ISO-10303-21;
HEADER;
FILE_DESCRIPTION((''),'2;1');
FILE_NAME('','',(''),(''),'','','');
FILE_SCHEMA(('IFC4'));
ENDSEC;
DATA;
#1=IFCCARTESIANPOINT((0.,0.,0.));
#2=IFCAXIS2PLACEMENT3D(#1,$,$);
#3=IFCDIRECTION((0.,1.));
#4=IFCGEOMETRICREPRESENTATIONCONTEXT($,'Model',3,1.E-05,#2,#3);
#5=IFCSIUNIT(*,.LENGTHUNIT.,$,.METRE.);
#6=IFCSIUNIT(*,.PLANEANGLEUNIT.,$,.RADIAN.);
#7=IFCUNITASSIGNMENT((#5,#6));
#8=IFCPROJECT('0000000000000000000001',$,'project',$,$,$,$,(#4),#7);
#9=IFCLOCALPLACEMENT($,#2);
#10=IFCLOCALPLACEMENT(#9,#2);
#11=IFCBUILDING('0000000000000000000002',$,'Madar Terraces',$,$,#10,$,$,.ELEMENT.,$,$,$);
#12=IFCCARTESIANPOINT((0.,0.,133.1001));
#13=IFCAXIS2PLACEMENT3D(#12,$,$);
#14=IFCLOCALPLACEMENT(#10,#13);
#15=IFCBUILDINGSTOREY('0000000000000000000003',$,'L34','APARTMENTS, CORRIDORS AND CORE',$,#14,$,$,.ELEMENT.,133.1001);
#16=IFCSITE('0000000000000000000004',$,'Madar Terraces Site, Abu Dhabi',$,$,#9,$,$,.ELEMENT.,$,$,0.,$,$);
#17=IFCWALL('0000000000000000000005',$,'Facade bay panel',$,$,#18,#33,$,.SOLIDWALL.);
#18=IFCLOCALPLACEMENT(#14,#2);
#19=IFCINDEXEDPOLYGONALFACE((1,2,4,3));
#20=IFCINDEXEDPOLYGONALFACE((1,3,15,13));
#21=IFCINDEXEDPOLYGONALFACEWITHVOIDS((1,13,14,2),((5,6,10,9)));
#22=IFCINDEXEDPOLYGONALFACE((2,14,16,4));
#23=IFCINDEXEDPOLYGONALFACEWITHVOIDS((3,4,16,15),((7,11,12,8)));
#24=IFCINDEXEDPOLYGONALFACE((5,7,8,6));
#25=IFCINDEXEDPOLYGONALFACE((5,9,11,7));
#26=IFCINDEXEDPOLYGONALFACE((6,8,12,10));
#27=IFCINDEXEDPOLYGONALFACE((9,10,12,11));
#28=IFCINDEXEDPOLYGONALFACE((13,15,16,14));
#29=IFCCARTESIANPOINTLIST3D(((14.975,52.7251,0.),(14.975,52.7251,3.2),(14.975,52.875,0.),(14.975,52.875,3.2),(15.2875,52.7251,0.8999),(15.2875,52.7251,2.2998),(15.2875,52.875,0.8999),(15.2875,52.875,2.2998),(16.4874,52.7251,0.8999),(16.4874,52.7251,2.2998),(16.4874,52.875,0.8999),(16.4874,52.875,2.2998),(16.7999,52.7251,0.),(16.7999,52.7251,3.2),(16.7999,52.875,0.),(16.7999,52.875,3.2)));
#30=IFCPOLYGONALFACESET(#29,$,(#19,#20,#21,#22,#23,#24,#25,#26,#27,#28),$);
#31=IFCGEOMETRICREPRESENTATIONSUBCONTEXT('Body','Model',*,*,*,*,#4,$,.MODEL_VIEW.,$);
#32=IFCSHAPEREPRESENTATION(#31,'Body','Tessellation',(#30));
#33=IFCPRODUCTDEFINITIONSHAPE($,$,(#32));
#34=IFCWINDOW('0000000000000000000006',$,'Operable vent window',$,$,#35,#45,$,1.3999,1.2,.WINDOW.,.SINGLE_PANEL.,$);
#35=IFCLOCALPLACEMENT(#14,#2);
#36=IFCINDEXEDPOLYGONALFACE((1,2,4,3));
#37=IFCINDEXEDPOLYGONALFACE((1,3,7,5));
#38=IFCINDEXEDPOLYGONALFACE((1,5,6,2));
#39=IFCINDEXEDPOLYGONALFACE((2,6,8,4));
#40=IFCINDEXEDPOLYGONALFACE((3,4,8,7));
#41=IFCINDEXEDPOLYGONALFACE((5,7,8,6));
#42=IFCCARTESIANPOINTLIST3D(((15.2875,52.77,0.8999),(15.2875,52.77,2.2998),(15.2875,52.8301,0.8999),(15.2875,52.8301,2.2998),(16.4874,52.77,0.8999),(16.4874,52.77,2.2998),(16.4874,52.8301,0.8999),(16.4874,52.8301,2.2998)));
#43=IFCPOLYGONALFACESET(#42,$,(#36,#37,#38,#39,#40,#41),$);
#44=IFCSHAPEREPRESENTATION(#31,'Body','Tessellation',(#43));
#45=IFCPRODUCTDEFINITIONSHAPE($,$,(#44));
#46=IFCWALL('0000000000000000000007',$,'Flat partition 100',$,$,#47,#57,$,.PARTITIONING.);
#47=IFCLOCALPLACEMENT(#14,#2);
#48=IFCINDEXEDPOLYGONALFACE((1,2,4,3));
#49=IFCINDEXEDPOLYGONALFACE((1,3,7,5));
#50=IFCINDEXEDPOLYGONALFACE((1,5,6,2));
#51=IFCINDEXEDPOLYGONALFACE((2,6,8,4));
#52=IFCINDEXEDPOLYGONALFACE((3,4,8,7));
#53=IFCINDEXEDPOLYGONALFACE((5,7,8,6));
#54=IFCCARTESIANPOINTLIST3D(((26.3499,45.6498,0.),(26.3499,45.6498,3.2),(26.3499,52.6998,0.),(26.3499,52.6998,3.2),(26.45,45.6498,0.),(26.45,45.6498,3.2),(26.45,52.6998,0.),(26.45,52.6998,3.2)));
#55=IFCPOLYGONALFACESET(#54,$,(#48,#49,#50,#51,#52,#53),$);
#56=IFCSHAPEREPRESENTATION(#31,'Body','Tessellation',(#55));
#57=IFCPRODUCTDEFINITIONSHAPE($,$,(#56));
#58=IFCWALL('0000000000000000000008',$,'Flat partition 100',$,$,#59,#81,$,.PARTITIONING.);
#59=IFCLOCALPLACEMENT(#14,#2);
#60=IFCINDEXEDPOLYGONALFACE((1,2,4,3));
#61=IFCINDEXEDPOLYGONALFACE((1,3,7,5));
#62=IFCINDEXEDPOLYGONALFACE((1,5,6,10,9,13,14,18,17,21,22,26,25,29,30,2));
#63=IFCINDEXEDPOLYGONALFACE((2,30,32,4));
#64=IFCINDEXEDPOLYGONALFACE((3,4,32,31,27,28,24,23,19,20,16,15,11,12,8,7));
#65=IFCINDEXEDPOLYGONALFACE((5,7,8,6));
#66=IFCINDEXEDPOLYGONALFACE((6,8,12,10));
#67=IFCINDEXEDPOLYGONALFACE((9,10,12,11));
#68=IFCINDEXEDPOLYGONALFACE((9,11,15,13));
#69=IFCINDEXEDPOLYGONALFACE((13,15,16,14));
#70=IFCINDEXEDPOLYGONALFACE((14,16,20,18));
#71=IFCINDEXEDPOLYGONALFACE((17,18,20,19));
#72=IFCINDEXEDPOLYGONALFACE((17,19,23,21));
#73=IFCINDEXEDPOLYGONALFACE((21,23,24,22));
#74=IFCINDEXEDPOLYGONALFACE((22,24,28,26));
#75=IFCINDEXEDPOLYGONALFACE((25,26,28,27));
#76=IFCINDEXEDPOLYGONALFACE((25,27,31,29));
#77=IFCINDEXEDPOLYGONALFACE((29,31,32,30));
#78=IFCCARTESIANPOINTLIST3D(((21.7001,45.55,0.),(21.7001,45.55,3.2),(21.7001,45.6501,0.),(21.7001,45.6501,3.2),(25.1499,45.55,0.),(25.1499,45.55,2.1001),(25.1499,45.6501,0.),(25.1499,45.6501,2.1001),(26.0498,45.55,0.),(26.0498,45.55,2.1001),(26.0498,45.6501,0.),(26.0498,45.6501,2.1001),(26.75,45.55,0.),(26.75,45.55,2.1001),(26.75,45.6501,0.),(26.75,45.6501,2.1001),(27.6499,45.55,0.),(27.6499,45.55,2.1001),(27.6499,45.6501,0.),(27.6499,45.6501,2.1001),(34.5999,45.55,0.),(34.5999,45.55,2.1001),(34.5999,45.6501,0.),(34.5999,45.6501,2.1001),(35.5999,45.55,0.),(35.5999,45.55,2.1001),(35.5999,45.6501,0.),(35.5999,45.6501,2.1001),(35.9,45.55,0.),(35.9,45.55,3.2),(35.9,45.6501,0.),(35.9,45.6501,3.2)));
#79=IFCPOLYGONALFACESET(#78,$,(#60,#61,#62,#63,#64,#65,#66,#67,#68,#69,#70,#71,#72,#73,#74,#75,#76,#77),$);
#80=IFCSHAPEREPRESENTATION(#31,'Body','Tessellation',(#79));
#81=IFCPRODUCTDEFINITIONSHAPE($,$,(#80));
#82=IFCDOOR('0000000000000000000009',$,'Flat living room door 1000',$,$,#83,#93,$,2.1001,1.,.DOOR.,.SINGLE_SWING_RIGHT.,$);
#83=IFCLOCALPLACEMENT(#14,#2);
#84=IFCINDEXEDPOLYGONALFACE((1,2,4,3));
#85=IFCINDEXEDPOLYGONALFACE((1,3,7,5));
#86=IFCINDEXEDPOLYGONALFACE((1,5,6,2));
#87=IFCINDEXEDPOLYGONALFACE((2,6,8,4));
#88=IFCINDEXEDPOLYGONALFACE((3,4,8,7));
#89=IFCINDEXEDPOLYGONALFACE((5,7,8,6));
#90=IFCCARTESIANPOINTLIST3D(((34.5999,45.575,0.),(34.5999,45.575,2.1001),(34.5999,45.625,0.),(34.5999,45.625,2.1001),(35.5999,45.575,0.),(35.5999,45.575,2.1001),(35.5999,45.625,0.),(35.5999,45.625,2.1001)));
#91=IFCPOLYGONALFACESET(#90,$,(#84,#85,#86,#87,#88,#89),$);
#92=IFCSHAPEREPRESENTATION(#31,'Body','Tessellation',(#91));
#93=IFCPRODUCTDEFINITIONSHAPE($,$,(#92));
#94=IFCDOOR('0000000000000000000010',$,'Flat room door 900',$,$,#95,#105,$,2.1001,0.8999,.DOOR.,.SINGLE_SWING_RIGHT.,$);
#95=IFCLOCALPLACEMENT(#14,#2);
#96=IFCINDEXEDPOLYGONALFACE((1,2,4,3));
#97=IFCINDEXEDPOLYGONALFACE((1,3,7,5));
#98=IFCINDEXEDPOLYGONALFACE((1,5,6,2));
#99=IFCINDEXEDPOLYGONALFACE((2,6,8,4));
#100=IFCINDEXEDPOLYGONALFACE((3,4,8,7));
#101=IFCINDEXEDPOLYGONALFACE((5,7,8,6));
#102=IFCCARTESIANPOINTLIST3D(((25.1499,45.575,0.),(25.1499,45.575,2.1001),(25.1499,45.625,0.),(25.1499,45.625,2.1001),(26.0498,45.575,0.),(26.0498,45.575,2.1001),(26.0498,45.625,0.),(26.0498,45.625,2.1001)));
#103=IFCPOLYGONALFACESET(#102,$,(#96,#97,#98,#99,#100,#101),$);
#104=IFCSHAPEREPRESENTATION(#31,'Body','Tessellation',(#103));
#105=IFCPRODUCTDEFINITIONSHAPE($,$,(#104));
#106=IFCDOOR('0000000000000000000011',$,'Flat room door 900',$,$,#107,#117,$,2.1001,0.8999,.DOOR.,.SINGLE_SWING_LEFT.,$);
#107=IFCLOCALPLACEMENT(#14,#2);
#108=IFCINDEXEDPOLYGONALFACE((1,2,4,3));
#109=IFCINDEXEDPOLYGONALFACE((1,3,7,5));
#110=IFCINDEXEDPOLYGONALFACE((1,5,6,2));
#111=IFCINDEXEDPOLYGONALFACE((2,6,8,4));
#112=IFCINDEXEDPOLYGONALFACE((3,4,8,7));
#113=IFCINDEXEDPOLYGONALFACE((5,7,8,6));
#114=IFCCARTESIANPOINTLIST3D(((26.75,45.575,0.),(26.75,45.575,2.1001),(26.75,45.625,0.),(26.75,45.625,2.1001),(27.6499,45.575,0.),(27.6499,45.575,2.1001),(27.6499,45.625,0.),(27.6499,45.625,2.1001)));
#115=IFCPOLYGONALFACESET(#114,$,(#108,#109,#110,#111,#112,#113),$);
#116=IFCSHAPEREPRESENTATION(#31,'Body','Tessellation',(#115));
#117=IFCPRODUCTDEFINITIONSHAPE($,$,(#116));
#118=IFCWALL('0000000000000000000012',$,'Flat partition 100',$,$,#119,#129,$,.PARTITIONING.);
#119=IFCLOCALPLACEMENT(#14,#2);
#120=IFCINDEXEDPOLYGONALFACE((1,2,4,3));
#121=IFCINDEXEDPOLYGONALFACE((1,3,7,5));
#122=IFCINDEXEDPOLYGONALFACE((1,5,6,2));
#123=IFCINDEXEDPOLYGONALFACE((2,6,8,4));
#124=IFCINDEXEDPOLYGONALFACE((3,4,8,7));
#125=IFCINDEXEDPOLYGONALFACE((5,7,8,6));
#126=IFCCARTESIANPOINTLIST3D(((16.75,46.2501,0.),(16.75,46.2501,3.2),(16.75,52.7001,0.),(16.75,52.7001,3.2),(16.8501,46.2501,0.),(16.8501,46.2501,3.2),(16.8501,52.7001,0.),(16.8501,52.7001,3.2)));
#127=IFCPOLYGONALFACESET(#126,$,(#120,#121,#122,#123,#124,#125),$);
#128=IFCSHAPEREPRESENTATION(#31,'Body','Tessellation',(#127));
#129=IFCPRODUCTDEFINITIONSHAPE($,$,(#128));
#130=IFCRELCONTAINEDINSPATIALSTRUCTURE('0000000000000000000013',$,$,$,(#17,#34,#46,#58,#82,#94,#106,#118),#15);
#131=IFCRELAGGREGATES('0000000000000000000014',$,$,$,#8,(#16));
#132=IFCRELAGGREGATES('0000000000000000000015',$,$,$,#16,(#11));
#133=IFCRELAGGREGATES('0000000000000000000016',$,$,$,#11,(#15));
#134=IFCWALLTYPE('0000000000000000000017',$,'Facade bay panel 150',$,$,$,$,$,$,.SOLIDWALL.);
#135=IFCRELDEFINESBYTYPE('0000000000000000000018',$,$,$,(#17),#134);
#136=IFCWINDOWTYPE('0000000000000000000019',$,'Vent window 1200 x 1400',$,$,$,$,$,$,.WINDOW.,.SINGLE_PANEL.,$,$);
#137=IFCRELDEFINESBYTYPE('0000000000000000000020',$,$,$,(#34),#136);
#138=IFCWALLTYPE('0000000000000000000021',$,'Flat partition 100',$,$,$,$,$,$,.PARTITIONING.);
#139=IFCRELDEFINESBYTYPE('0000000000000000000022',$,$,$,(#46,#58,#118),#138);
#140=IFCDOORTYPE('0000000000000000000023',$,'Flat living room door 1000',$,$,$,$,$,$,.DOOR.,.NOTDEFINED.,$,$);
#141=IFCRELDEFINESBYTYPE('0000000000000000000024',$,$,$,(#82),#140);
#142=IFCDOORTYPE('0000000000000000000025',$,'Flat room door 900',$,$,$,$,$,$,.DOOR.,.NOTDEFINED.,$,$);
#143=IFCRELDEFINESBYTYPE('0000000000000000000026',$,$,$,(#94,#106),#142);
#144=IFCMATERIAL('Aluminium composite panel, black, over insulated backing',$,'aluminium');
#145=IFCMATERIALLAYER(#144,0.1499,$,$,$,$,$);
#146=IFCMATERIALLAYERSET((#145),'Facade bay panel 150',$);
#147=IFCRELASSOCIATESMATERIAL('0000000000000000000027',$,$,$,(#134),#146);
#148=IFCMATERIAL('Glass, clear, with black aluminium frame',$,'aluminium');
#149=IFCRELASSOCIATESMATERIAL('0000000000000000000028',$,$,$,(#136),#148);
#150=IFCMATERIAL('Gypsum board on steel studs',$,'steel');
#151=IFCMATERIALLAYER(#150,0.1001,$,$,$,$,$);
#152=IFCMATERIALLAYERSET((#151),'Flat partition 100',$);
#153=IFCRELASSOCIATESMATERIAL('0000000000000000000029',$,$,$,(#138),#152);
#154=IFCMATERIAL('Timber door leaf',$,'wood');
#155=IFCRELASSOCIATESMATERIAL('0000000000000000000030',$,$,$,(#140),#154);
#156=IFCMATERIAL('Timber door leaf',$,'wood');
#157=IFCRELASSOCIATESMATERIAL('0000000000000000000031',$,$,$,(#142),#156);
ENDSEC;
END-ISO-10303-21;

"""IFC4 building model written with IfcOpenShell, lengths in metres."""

from ifc_helpers import new_model, si_unit, direction, frame, frame_2d, origin, place, context, subcontext, project, spatial, rectangle, extrude, material, layer, layer_set, type_object, element, fill, save


model = new_model("IFC4")

# Units and contexts
model_context = context("Model", 3, precision=1e-05, world=origin(), true_north=direction((0.0, 1.0)))
body_context = subcontext(model_context, "Body", "Model", "MODEL_VIEW")
ifc_project = project(units=[si_unit("LENGTHUNIT", "METRE"), si_unit("PLANEANGLEUNIT", "RADIAN")], contexts=[model_context])

# Site, building, storey
site_placement = place(None, origin())
site = spatial("IfcSite", under=ifc_project, at=site_placement, Name="Madar Terraces Site, Abu Dhabi", CompositionType="ELEMENT", RefElevation=0.0)
building_placement = place(site_placement, origin())
building = spatial("IfcBuilding", under=site, at=building_placement, Name="Madar Terraces", CompositionType="ELEMENT")
storey_placement = place(building_placement, frame((0.0, 0.0, 133.1001)))
storey = spatial("IfcBuildingStorey", under=building, at=storey_placement, Name="L34", Description="APARTMENTS, CORRIDORS AND CORE", CompositionType="ELEMENT", Elevation=133.1001)

# Shared definitions
ifc_material_1 = material(Name="Aluminium composite panel, black, over insulated backing", Category="aluminium")
ifc_layer_1 = layer(ifc_material_1, 0.1499)
ifc_layer_set_1 = layer_set([ifc_layer_1], Name="Facade bay panel 150")
wall_type_1 = type_object("IfcWallType", Name="Facade bay panel 150", PredefinedType="SOLIDWALL", material=ifc_layer_set_1)
ifc_material_2 = material(Name="Glass, clear, with black aluminium frame", Category="aluminium")
window_type = type_object("IfcWindowType", Name="Vent window 1200 x 1400", PartitioningType="SINGLE_PANEL", PredefinedType="WINDOW", material=ifc_material_2)

# Wall, opening, window
wall_1_placement = place(storey_placement, frame((16.8, 52.8, 0.0), z_axis=(0.0, 0.0, 1.0), x_axis=(-1.0, 0.0, 0.0)))
wall_1 = element("IfcWall", 1, at=wall_1_placement, inside=storey, type_object=wall_type_1, Name="Facade bay panel", PredefinedType="SOLIDWALL", context=body_context, shape_type="SweptSolid", body=[
    extrude(rectangle(XDim=1.825, YDim=0.1499, at=frame_2d((0.9126, 0.0))), origin(), (0.0, 0.0, 1.0), 3.2),
])
opening_1_placement = place(wall_1_placement, frame((0.3125, 0.0, 0.8999)))
opening_1 = element("IfcOpeningElement", 2, at=opening_1_placement, cuts=wall_1, PredefinedType="OPENING", context=body_context, shape_type="SweptSolid", body=[
    extrude(rectangle(XDim=1.2, YDim=1.3999, at=frame_2d((0.6001, 0.7))), frame((0.0, 0.085, 0.0), z_axis=(0.0, -1.0, 0.0), x_axis=(1.0, 0.0, 0.0)), (0.0, 0.0, 1.0), 0.1699),
])
window_1_placement = place(opening_1_placement, origin())
window_1 = element("IfcWindow", 3, at=window_1_placement, inside=storey, type_object=window_type, Name="Operable vent window", OverallHeight=1.3999, OverallWidth=1.2, PartitioningType="SINGLE_PANEL", PredefinedType="WINDOW", context=body_context, shape_type="SweptSolid", body=[
    extrude(rectangle(XDim=1.2, YDim=1.3999, at=frame_2d((0.6001, 0.7))), frame((0.0, 0.03, 0.0), z_axis=(0.0, -1.0, 0.0), x_axis=(1.0, 0.0, 0.0)), (0.0, 0.0, 1.0), 0.0601),
])
fill(opening_1, window_1)

# Wall
ifc_material_3 = material(Name="Gypsum board on steel studs", Category="steel")
ifc_layer_2 = layer(ifc_material_3, 0.1001)
ifc_layer_set_2 = layer_set([ifc_layer_2], Name="Flat partition 100")
wall_type_2 = type_object("IfcWallType", Name="Flat partition 100", PredefinedType="PARTITIONING", material=ifc_layer_set_2)
wall_2_placement = place(storey_placement, frame((26.3999, 45.6499, 0.0), z_axis=(0.0, 0.0, 1.0), x_axis=(0.0, 1.0, 0.0)))
element("IfcWall", 4, at=wall_2_placement, inside=storey, type_object=wall_type_2, Name="Flat partition 100", PredefinedType="PARTITIONING", context=body_context, shape_type="SweptSolid", body=[
    extrude(rectangle(XDim=7.05, YDim=0.1001, at=frame_2d((3.5249, 0.0))), origin(), (0.0, 0.0, 1.0), 3.2),
])

# Wall, openings, doors
wall_3_placement = place(storey_placement, frame((21.7, 45.6001, 0.0), z_axis=(0.0, 0.0, 1.0), x_axis=(1.0, 0.0, 0.0)))
wall_3 = element("IfcWall", 5, at=wall_3_placement, inside=storey, type_object=wall_type_2, Name="Flat partition 100", PredefinedType="PARTITIONING", context=body_context, shape_type="SweptSolid", body=[
    extrude(rectangle(XDim=14.2, YDim=0.1001, at=frame_2d((7.1001, 0.0))), origin(), (0.0, 0.0, 1.0), 3.2),
])
opening_2_placement = place(wall_3_placement, frame((3.45, 0.0, 0.0)))
opening_2 = element("IfcOpeningElement", 6, at=opening_2_placement, cuts=wall_3, PredefinedType="OPENING", context=body_context, shape_type="SweptSolid", body=[
    extrude(rectangle(XDim=0.8999, YDim=2.1001, at=frame_2d((0.45, 1.05))), frame((0.0, 0.0601, 0.0), z_axis=(0.0, -1.0, 0.0), x_axis=(1.0, 0.0, 0.0)), (0.0, 0.0, 1.0), 0.1201),
])
opening_3_placement = place(wall_3_placement, frame((5.05, 0.0, 0.0)))
opening_3 = element("IfcOpeningElement", 7, at=opening_3_placement, cuts=wall_3, PredefinedType="OPENING", context=body_context, shape_type="SweptSolid", body=[
    extrude(rectangle(XDim=0.8999, YDim=2.1001, at=frame_2d((0.45, 1.05))), frame((0.0, 0.0601, 0.0), z_axis=(0.0, -1.0, 0.0), x_axis=(1.0, 0.0, 0.0)), (0.0, 0.0, 1.0), 0.1201),
])
opening_4_placement = place(wall_3_placement, frame((12.8999, 0.0, 0.0)))
opening_4 = element("IfcOpeningElement", 8, at=opening_4_placement, cuts=wall_3, PredefinedType="OPENING", context=body_context, shape_type="SweptSolid", body=[
    extrude(rectangle(XDim=1.0, YDim=2.1001, at=frame_2d((0.5, 1.05))), frame((0.0, 0.0601, 0.0), z_axis=(0.0, -1.0, 0.0), x_axis=(1.0, 0.0, 0.0)), (0.0, 0.0, 1.0), 0.1201),
])
ifc_material_4 = material(Name="Timber door leaf", Category="wood")
door_type_1 = type_object("IfcDoorType", Name="Flat living room door 1000", OperationType="NOTDEFINED", PredefinedType="DOOR", material=ifc_material_4)
door_1_placement = place(opening_4_placement, origin())
door_1 = element("IfcDoor", 9, at=door_1_placement, inside=storey, type_object=door_type_1, Name="Flat living room door 1000", OperationType="SINGLE_SWING_RIGHT", OverallHeight=2.1001, OverallWidth=1.0, PredefinedType="DOOR", context=body_context, shape_type="SweptSolid", body=[
    extrude(rectangle(XDim=1.0, YDim=2.1001, at=frame_2d((0.5, 1.05))), frame((0.0, 0.0249, 0.0), z_axis=(0.0, -1.0, 0.0), x_axis=(1.0, 0.0, 0.0)), (0.0, 0.0, 1.0), 0.05),
])
fill(opening_4, door_1)
ifc_material_5 = material(Name="Timber door leaf", Category="wood")
door_type_2 = type_object("IfcDoorType", Name="Flat room door 900", OperationType="NOTDEFINED", PredefinedType="DOOR", material=ifc_material_5)
door_2_placement = place(opening_2_placement, origin())
door_2 = element("IfcDoor", 10, at=door_2_placement, inside=storey, type_object=door_type_2, Name="Flat room door 900", OperationType="SINGLE_SWING_RIGHT", OverallHeight=2.1001, OverallWidth=0.8999, PredefinedType="DOOR", context=body_context, shape_type="SweptSolid", body=[
    extrude(rectangle(XDim=0.8999, YDim=2.1001, at=frame_2d((0.45, 1.05))), frame((0.0, 0.0249, 0.0), z_axis=(0.0, -1.0, 0.0), x_axis=(1.0, 0.0, 0.0)), (0.0, 0.0, 1.0), 0.05),
])
fill(opening_2, door_2)
door_3_placement = place(opening_3_placement, origin())
door_3 = element("IfcDoor", 11, at=door_3_placement, inside=storey, type_object=door_type_2, Name="Flat room door 900", OperationType="SINGLE_SWING_LEFT", OverallHeight=2.1001, OverallWidth=0.8999, PredefinedType="DOOR", context=body_context, shape_type="SweptSolid", body=[
    extrude(rectangle(XDim=0.8999, YDim=2.1001, at=frame_2d((0.45, 1.05))), frame((0.0, 0.0249, 0.0), z_axis=(0.0, -1.0, 0.0), x_axis=(1.0, 0.0, 0.0)), (0.0, 0.0, 1.0), 0.05),
])
fill(opening_3, door_3)

# Wall
wall_4_placement = place(storey_placement, frame((16.8, 46.25, 0.0), z_axis=(0.0, 0.0, 1.0), x_axis=(0.0, 1.0, 0.0)))
element("IfcWall", 12, at=wall_4_placement, inside=storey, type_object=wall_type_2, Name="Flat partition 100", PredefinedType="PARTITIONING", context=body_context, shape_type="SweptSolid", body=[
    extrude(rectangle(XDim=6.45, YDim=0.1001, at=frame_2d((3.2251, 0.0))), origin(), (0.0, 0.0, 1.0), 3.2),
])

save(model, "model.ifc")
